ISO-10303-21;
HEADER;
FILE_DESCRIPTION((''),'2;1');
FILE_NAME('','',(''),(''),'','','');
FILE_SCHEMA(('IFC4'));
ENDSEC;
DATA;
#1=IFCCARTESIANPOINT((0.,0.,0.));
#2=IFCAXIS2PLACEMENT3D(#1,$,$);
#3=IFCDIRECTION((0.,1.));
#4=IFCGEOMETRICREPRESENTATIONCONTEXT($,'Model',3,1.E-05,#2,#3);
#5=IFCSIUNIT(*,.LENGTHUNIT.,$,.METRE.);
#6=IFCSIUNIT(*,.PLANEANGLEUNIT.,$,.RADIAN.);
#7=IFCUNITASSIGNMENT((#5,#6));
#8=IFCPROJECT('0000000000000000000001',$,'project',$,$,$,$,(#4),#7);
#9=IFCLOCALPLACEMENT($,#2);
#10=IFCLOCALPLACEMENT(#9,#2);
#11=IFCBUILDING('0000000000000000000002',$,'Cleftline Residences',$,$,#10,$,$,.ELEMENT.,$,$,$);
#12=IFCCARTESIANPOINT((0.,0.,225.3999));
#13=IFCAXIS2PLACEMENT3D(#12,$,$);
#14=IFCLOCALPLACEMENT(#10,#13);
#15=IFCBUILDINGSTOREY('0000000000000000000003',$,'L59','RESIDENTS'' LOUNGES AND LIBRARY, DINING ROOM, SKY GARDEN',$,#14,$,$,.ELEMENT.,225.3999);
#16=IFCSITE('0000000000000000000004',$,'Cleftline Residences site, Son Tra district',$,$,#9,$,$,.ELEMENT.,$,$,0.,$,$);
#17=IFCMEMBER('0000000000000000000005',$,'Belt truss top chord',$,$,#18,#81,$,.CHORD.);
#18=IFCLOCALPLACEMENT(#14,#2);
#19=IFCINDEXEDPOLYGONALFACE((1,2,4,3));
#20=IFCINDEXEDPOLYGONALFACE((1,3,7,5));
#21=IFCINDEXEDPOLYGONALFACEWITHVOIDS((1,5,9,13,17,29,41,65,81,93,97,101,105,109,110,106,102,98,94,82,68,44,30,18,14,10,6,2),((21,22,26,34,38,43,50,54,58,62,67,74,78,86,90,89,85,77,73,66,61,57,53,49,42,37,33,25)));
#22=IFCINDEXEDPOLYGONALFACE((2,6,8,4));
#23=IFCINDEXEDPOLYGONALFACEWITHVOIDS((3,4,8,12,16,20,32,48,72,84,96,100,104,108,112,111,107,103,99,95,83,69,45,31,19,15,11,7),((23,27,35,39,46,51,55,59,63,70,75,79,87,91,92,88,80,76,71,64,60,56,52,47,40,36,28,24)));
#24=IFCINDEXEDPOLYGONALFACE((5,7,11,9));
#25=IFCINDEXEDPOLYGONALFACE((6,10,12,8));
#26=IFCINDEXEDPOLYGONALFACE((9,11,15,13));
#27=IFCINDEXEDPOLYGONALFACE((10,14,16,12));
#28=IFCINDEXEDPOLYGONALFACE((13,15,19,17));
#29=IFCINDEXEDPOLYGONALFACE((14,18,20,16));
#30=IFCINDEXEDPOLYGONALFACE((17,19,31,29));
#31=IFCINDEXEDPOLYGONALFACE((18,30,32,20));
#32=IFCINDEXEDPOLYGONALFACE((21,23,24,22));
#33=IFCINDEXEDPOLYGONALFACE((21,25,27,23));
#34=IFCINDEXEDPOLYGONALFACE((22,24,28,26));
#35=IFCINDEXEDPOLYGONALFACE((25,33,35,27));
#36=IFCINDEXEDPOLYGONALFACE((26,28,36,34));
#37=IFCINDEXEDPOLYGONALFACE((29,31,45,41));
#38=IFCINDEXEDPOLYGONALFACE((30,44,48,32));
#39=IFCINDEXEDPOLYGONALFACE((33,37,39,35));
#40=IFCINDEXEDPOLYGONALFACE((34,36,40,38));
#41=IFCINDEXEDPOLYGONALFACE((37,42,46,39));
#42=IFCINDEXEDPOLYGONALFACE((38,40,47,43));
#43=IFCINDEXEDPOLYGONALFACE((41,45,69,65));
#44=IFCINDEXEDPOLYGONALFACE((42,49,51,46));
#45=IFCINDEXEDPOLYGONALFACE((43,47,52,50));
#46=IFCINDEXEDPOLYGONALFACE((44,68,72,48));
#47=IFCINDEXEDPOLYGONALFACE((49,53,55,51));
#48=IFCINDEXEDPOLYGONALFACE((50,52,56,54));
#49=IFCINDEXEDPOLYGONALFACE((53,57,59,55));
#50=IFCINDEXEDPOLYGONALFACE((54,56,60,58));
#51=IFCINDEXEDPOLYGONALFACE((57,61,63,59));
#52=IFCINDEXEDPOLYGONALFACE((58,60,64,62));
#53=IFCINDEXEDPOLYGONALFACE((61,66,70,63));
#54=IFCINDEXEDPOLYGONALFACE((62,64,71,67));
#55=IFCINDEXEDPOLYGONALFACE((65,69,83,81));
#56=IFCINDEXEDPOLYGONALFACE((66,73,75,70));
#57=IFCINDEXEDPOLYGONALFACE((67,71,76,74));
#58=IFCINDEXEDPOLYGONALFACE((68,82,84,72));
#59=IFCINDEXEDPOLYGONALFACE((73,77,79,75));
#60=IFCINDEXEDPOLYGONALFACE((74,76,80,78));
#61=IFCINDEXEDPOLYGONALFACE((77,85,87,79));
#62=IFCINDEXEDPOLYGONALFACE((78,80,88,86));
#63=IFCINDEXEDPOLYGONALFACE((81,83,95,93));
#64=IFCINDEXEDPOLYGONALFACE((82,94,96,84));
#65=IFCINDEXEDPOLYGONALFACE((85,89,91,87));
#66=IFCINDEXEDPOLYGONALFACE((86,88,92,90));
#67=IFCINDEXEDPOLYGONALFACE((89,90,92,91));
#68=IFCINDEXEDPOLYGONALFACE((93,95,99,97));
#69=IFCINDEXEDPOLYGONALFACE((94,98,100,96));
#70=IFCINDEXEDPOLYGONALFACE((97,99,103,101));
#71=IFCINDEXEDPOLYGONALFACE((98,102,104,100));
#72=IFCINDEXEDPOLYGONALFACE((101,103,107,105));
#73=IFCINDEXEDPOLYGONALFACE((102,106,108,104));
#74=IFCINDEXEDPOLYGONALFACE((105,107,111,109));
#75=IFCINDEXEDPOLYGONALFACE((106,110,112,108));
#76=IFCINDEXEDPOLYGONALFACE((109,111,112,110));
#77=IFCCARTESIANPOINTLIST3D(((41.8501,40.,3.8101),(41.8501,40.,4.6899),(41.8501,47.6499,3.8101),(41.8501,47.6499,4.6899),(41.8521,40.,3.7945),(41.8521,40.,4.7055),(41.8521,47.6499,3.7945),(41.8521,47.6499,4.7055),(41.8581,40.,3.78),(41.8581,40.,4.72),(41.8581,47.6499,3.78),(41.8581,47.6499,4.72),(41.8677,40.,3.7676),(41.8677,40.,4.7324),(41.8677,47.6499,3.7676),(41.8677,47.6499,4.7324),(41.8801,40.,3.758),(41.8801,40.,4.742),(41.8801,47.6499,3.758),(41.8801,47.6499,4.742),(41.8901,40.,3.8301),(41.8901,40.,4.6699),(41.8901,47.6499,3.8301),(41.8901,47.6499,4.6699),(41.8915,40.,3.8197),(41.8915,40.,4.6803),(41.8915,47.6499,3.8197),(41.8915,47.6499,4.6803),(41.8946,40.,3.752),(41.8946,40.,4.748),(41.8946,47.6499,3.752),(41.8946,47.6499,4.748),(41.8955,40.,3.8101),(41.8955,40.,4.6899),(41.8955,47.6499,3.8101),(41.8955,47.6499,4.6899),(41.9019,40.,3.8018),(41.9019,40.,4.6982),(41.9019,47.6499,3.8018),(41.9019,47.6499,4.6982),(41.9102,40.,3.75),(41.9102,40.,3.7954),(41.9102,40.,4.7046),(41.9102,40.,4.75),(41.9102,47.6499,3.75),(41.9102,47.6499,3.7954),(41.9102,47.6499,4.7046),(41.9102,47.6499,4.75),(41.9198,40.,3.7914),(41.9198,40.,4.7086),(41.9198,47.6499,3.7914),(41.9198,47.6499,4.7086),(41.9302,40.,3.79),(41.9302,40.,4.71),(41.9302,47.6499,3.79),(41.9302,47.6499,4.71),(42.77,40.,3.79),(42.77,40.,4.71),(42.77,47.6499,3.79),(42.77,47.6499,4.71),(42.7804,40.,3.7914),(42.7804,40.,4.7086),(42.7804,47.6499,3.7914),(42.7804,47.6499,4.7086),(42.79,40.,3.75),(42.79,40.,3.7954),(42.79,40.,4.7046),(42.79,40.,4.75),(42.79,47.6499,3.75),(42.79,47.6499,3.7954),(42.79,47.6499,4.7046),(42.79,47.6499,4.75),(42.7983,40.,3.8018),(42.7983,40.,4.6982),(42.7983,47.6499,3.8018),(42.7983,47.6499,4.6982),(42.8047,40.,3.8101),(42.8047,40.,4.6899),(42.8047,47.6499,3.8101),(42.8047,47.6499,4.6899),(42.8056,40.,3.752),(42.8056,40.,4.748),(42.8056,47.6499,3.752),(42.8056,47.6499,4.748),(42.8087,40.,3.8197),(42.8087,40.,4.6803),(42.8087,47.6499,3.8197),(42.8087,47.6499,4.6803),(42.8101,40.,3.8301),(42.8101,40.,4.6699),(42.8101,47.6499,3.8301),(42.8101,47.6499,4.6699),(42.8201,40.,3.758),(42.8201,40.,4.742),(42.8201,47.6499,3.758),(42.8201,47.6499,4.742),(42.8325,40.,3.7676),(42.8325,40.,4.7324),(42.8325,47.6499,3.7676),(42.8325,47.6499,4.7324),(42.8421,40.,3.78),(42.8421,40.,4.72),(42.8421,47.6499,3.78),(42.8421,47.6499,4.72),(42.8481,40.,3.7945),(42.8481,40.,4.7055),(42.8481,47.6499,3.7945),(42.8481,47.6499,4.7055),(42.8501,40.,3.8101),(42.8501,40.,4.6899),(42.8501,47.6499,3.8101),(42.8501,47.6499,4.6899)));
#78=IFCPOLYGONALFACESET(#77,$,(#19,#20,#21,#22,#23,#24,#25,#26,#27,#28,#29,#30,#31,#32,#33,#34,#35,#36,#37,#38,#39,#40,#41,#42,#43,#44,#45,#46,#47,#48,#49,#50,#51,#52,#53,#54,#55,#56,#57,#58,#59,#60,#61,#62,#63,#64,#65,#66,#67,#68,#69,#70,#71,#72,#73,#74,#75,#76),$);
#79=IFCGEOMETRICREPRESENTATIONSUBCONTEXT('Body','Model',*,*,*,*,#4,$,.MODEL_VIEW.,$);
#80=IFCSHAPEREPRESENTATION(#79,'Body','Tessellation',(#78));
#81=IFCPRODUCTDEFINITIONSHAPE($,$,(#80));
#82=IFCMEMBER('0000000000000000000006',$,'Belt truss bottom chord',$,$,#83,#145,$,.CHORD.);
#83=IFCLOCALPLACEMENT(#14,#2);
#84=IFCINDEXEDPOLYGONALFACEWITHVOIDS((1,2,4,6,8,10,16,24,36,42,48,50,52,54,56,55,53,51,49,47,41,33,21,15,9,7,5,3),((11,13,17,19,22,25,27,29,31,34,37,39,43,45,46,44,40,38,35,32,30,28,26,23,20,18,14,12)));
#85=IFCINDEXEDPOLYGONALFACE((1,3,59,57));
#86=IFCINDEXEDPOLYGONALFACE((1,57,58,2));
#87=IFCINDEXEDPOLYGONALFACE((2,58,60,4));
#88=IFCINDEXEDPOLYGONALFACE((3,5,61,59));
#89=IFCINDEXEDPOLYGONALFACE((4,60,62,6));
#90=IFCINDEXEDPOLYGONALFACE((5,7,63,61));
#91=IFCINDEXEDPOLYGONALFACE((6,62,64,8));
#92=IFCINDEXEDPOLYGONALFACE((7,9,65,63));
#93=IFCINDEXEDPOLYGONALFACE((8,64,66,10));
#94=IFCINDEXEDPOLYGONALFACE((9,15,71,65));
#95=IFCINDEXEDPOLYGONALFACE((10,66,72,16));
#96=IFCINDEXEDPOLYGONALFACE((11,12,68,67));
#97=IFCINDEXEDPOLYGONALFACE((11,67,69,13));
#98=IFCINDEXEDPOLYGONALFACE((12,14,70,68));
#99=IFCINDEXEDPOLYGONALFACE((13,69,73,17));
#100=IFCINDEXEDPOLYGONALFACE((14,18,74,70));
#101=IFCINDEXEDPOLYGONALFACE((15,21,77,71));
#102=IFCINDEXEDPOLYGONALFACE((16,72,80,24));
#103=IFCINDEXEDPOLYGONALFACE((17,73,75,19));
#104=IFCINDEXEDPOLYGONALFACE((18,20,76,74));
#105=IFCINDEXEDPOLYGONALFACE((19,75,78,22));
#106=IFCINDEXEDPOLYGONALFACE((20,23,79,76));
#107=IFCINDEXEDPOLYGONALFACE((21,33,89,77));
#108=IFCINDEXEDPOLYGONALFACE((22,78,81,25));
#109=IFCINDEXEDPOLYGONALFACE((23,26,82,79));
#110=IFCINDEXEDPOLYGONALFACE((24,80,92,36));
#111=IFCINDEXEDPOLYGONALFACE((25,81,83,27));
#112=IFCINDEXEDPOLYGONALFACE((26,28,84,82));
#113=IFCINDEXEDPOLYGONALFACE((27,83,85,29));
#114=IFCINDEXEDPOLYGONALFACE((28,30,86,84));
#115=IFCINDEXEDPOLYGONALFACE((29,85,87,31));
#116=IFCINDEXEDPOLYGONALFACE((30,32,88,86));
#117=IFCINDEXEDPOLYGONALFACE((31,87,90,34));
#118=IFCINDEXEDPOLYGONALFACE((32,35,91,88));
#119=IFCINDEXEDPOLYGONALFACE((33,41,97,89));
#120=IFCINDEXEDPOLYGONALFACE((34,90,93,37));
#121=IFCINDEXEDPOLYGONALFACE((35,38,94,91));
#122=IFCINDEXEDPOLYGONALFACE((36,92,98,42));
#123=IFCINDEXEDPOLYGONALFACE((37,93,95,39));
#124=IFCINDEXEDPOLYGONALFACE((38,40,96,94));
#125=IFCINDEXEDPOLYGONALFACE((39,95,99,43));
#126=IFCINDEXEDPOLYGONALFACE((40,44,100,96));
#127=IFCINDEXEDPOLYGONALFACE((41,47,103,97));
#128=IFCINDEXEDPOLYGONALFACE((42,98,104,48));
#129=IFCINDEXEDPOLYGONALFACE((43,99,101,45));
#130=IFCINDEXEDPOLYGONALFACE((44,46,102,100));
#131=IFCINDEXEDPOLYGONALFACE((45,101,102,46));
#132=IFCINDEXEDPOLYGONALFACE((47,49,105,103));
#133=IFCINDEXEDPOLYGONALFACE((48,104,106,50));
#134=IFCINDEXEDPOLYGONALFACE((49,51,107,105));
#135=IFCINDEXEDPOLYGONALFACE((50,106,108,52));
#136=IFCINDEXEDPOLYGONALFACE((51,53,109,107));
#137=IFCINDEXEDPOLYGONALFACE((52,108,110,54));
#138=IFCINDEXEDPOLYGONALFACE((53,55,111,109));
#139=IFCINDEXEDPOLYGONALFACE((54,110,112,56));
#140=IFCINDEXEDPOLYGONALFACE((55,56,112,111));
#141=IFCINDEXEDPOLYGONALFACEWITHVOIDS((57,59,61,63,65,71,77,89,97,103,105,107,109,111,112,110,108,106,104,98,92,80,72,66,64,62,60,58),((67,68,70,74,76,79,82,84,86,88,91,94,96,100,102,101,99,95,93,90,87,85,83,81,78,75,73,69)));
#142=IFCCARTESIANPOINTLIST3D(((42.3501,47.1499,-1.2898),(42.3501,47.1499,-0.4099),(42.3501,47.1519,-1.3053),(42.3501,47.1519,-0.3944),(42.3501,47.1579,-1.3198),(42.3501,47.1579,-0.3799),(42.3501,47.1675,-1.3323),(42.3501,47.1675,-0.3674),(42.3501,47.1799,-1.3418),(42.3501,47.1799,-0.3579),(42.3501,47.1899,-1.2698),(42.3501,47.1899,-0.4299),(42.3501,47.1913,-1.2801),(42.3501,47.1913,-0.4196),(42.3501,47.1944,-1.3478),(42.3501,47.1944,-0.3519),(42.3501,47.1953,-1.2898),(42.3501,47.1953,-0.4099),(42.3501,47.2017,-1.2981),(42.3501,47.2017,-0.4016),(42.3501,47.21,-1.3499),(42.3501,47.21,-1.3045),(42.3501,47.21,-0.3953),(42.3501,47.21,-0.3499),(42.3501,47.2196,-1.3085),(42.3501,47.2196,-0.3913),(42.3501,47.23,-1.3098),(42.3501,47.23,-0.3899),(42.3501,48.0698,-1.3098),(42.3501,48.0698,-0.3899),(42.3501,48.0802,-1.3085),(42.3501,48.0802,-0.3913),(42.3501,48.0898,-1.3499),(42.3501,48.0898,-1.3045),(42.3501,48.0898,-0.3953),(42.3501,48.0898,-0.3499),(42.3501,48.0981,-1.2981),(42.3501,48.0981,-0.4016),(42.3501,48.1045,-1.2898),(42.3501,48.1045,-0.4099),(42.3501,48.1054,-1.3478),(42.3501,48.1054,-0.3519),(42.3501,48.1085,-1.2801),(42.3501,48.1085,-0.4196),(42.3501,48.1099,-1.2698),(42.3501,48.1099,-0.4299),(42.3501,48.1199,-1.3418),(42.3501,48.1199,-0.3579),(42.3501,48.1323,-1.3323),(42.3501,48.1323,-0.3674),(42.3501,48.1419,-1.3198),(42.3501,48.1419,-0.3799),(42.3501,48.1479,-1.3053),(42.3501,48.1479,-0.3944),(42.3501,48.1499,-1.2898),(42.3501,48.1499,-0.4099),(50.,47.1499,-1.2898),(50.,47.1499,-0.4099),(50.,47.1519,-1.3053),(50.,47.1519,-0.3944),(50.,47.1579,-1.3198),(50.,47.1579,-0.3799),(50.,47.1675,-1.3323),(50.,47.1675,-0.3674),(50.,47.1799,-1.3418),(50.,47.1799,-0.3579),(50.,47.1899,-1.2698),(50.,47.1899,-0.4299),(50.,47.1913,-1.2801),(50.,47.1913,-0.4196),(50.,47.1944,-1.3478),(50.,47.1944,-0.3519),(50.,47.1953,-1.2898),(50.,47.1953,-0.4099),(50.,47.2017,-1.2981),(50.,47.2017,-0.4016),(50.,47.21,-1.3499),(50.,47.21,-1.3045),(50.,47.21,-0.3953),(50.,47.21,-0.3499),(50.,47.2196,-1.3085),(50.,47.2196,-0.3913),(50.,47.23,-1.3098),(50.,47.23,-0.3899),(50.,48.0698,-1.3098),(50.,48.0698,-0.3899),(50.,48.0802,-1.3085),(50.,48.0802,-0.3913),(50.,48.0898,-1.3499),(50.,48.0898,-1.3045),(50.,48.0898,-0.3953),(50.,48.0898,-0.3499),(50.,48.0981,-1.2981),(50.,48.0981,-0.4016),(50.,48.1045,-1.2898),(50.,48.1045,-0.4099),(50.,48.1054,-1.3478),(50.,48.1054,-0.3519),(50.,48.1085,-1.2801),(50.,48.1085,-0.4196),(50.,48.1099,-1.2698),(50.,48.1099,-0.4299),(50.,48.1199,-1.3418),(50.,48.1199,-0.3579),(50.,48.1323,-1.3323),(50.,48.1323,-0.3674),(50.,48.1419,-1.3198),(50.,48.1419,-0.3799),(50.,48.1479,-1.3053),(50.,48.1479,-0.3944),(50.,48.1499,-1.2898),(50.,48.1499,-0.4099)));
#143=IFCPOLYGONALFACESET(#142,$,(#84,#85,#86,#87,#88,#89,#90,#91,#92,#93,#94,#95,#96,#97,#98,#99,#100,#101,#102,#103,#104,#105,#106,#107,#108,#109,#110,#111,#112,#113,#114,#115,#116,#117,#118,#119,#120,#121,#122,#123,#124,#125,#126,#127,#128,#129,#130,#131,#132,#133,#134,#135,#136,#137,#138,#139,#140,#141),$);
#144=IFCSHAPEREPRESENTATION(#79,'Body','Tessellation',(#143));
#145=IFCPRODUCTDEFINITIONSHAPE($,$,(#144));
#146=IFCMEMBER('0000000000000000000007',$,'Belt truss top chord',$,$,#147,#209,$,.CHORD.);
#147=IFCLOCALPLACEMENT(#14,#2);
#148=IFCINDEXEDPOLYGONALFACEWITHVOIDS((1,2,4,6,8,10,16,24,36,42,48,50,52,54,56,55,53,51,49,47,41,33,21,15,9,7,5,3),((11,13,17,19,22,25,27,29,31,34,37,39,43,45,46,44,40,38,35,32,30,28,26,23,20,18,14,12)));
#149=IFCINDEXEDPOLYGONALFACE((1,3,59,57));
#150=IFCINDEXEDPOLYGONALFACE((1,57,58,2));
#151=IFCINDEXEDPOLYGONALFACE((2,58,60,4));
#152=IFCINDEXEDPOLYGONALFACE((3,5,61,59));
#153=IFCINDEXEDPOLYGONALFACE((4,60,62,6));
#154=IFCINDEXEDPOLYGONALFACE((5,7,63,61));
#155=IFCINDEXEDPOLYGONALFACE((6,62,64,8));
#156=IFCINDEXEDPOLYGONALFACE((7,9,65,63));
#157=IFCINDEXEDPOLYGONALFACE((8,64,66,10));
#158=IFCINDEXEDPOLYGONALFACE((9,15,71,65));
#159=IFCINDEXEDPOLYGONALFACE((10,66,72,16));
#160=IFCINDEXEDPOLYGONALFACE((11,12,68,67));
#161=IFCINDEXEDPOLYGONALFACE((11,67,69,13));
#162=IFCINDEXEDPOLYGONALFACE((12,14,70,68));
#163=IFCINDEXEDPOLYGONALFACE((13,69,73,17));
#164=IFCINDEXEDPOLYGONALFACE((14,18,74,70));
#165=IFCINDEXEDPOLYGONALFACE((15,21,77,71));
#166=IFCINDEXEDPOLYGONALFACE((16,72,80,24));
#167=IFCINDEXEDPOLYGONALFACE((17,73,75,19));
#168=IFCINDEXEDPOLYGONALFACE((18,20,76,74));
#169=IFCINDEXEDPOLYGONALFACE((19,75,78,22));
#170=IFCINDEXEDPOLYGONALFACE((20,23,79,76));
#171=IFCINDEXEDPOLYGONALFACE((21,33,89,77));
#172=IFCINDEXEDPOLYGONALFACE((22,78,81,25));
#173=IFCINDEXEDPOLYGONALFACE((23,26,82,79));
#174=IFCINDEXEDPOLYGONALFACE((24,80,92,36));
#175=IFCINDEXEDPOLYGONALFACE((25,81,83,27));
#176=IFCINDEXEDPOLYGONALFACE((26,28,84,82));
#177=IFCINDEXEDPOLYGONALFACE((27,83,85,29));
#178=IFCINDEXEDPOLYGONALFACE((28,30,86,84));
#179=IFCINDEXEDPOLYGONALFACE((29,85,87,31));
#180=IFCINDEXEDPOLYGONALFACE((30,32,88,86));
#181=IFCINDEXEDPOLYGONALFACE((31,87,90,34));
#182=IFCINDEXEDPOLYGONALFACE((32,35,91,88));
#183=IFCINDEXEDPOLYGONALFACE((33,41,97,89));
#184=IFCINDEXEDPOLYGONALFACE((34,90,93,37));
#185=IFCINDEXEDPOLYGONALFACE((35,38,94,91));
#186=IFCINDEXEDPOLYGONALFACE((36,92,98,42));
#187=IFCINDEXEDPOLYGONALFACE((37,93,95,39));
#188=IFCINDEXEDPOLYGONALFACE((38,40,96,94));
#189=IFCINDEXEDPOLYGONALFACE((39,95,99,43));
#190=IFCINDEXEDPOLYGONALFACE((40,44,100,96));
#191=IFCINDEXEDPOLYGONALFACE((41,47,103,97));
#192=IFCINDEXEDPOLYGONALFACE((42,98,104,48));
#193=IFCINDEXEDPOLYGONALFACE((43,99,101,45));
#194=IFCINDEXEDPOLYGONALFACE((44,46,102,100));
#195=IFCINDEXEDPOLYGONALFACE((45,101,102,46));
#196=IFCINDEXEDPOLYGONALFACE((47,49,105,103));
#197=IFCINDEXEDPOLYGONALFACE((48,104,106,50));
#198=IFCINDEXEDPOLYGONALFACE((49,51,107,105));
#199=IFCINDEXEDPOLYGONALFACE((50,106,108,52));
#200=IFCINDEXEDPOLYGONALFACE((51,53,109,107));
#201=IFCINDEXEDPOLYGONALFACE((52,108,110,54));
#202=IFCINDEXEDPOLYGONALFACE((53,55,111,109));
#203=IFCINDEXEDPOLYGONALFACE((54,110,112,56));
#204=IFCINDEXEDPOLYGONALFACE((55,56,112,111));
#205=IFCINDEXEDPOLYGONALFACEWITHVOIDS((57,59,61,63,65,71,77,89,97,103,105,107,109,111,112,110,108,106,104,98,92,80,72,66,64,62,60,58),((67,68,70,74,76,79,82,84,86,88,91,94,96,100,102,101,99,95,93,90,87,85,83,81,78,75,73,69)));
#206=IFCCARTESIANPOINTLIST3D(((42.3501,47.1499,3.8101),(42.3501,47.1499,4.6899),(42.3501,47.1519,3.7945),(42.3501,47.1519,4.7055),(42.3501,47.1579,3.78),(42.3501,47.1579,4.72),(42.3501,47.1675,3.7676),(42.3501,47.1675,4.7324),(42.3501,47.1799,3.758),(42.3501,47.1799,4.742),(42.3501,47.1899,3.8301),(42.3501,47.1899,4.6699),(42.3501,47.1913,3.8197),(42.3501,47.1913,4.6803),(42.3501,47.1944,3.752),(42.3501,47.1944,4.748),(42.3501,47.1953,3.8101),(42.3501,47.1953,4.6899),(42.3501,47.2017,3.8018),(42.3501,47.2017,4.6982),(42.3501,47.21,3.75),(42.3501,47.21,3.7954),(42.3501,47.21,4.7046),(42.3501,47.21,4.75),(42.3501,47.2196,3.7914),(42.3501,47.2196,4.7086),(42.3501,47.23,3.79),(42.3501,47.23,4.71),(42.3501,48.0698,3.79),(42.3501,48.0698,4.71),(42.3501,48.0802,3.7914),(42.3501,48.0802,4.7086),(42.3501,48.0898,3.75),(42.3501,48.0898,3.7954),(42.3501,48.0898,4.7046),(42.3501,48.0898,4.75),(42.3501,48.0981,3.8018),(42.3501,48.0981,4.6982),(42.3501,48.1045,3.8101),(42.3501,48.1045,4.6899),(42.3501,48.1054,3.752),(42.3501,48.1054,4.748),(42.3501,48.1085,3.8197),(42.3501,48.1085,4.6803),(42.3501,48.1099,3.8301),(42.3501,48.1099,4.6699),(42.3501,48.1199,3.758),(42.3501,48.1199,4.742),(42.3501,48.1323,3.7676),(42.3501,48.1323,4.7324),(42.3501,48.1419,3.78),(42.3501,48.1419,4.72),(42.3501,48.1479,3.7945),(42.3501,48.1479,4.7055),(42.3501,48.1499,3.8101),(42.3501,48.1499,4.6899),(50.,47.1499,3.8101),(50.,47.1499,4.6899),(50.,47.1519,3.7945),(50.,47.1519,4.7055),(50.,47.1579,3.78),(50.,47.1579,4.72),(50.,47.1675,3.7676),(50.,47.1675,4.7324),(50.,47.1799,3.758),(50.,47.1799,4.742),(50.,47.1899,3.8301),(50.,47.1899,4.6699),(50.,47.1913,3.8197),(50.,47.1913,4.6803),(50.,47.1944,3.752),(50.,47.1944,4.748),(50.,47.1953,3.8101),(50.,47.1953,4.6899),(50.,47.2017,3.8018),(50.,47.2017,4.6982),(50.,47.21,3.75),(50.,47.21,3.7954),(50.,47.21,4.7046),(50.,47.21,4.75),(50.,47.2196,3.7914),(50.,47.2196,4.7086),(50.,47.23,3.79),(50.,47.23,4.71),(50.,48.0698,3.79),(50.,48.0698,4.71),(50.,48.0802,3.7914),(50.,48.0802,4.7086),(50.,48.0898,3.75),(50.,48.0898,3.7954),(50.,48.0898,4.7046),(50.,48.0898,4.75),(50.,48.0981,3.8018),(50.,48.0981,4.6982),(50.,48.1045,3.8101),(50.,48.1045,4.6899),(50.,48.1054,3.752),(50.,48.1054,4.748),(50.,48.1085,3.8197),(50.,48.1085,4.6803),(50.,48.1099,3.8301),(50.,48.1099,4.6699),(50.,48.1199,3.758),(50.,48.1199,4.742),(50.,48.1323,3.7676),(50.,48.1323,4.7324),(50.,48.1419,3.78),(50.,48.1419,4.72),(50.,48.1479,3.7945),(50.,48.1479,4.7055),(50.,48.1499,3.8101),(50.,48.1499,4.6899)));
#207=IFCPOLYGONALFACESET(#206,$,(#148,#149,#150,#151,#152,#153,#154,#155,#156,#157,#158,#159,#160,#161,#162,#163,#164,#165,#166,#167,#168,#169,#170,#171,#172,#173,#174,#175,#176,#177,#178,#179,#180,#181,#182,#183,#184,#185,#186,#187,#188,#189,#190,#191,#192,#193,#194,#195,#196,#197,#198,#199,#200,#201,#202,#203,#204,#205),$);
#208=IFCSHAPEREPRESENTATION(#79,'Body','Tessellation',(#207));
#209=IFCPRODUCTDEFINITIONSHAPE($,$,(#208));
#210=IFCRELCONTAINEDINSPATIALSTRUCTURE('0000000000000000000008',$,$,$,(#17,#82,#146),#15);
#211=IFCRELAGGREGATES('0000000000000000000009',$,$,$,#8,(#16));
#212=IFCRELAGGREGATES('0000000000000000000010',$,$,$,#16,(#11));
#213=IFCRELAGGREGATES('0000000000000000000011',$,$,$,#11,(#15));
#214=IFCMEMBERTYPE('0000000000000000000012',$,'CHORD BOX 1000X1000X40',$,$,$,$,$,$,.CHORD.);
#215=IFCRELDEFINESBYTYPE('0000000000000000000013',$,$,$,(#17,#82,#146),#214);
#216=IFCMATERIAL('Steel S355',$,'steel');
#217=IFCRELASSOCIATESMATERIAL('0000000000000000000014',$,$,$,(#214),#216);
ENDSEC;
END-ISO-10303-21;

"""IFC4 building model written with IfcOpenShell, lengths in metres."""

from ifc_helpers import new_model, si_unit, direction, frame, origin, origin_2d, place, context, subcontext, project, spatial, hollow_rectangle, extrude, material, material_profile, profile_set, type_object, element, save


model = new_model("IFC4")

# Units and contexts
model_context = context("Model", 3, precision=1e-05, world=origin(), true_north=direction((0.0, 1.0)))
body_context = subcontext(model_context, "Body", "Model", "MODEL_VIEW")
ifc_project = project(units=[si_unit("LENGTHUNIT", "METRE"), si_unit("PLANEANGLEUNIT", "RADIAN")], contexts=[model_context])

# Site, building, storey
site_placement = place(None, origin())
site = spatial("IfcSite", under=ifc_project, at=site_placement, Name="Cleftline Residences site, Son Tra district", CompositionType="ELEMENT", RefElevation=0.0)
building_placement = place(site_placement, origin())
building = spatial("IfcBuilding", under=site, at=building_placement, Name="Cleftline Residences", CompositionType="ELEMENT")
storey_placement = place(building_placement, frame((0.0, 0.0, 225.3999)))
storey = spatial("IfcBuildingStorey", under=building, at=storey_placement, Name="L59", Description="RESIDENTS' LOUNGES AND LIBRARY, DINING ROOM, SKY GARDEN", CompositionType="ELEMENT", Elevation=225.3999)

# Members
ifc_material_1 = material(Name="Steel S355", Category="steel")
ifc_material_profile_1 = material_profile(ifc_material_1, hollow_rectangle(XDim=1.0, YDim=1.0, WallThickness=0.04, InnerFilletRadius=0.04, OuterFilletRadius=0.0601, at=origin_2d()))
ifc_profile_set_1 = profile_set([ifc_material_profile_1], Name="Steel S355")
member_type_1 = type_object("IfcMemberType", Name="CHORD BOX 1000X1000X40", PredefinedType="CHORD", material=ifc_profile_set_1)
for number, where, z_axis, x_axis, name in (
    (1, (42.3501, 40.0, 4.25), (0.0, 1.0, 0.0), (-1.0, 0.0, 0.0), "Belt truss top chord"),
    (2, (42.3501, 47.6499, -0.8499), (1.0, 0.0, 0.0), (0.0, 1.0, 0.0), "Belt truss bottom chord"),
    (3, (42.3501, 47.6499, 4.25), (1.0, 0.0, 0.0), (0.0, 1.0, 0.0), "Belt truss top chord"),
):
    element("IfcMember", number, at=place(storey_placement, frame(where, z_axis=z_axis, x_axis=x_axis)), inside=storey, type_object=member_type_1, Name=name, PredefinedType="CHORD", context=body_context, shape_type="SweptSolid", body=[
        extrude(hollow_rectangle(XDim=1.0, YDim=1.0, WallThickness=0.04, InnerFilletRadius=0.04, OuterFilletRadius=0.0601, at=origin_2d()), origin(), (0.0, 0.0, 1.0), 7.6499),
    ])

save(model, "model.ifc")
